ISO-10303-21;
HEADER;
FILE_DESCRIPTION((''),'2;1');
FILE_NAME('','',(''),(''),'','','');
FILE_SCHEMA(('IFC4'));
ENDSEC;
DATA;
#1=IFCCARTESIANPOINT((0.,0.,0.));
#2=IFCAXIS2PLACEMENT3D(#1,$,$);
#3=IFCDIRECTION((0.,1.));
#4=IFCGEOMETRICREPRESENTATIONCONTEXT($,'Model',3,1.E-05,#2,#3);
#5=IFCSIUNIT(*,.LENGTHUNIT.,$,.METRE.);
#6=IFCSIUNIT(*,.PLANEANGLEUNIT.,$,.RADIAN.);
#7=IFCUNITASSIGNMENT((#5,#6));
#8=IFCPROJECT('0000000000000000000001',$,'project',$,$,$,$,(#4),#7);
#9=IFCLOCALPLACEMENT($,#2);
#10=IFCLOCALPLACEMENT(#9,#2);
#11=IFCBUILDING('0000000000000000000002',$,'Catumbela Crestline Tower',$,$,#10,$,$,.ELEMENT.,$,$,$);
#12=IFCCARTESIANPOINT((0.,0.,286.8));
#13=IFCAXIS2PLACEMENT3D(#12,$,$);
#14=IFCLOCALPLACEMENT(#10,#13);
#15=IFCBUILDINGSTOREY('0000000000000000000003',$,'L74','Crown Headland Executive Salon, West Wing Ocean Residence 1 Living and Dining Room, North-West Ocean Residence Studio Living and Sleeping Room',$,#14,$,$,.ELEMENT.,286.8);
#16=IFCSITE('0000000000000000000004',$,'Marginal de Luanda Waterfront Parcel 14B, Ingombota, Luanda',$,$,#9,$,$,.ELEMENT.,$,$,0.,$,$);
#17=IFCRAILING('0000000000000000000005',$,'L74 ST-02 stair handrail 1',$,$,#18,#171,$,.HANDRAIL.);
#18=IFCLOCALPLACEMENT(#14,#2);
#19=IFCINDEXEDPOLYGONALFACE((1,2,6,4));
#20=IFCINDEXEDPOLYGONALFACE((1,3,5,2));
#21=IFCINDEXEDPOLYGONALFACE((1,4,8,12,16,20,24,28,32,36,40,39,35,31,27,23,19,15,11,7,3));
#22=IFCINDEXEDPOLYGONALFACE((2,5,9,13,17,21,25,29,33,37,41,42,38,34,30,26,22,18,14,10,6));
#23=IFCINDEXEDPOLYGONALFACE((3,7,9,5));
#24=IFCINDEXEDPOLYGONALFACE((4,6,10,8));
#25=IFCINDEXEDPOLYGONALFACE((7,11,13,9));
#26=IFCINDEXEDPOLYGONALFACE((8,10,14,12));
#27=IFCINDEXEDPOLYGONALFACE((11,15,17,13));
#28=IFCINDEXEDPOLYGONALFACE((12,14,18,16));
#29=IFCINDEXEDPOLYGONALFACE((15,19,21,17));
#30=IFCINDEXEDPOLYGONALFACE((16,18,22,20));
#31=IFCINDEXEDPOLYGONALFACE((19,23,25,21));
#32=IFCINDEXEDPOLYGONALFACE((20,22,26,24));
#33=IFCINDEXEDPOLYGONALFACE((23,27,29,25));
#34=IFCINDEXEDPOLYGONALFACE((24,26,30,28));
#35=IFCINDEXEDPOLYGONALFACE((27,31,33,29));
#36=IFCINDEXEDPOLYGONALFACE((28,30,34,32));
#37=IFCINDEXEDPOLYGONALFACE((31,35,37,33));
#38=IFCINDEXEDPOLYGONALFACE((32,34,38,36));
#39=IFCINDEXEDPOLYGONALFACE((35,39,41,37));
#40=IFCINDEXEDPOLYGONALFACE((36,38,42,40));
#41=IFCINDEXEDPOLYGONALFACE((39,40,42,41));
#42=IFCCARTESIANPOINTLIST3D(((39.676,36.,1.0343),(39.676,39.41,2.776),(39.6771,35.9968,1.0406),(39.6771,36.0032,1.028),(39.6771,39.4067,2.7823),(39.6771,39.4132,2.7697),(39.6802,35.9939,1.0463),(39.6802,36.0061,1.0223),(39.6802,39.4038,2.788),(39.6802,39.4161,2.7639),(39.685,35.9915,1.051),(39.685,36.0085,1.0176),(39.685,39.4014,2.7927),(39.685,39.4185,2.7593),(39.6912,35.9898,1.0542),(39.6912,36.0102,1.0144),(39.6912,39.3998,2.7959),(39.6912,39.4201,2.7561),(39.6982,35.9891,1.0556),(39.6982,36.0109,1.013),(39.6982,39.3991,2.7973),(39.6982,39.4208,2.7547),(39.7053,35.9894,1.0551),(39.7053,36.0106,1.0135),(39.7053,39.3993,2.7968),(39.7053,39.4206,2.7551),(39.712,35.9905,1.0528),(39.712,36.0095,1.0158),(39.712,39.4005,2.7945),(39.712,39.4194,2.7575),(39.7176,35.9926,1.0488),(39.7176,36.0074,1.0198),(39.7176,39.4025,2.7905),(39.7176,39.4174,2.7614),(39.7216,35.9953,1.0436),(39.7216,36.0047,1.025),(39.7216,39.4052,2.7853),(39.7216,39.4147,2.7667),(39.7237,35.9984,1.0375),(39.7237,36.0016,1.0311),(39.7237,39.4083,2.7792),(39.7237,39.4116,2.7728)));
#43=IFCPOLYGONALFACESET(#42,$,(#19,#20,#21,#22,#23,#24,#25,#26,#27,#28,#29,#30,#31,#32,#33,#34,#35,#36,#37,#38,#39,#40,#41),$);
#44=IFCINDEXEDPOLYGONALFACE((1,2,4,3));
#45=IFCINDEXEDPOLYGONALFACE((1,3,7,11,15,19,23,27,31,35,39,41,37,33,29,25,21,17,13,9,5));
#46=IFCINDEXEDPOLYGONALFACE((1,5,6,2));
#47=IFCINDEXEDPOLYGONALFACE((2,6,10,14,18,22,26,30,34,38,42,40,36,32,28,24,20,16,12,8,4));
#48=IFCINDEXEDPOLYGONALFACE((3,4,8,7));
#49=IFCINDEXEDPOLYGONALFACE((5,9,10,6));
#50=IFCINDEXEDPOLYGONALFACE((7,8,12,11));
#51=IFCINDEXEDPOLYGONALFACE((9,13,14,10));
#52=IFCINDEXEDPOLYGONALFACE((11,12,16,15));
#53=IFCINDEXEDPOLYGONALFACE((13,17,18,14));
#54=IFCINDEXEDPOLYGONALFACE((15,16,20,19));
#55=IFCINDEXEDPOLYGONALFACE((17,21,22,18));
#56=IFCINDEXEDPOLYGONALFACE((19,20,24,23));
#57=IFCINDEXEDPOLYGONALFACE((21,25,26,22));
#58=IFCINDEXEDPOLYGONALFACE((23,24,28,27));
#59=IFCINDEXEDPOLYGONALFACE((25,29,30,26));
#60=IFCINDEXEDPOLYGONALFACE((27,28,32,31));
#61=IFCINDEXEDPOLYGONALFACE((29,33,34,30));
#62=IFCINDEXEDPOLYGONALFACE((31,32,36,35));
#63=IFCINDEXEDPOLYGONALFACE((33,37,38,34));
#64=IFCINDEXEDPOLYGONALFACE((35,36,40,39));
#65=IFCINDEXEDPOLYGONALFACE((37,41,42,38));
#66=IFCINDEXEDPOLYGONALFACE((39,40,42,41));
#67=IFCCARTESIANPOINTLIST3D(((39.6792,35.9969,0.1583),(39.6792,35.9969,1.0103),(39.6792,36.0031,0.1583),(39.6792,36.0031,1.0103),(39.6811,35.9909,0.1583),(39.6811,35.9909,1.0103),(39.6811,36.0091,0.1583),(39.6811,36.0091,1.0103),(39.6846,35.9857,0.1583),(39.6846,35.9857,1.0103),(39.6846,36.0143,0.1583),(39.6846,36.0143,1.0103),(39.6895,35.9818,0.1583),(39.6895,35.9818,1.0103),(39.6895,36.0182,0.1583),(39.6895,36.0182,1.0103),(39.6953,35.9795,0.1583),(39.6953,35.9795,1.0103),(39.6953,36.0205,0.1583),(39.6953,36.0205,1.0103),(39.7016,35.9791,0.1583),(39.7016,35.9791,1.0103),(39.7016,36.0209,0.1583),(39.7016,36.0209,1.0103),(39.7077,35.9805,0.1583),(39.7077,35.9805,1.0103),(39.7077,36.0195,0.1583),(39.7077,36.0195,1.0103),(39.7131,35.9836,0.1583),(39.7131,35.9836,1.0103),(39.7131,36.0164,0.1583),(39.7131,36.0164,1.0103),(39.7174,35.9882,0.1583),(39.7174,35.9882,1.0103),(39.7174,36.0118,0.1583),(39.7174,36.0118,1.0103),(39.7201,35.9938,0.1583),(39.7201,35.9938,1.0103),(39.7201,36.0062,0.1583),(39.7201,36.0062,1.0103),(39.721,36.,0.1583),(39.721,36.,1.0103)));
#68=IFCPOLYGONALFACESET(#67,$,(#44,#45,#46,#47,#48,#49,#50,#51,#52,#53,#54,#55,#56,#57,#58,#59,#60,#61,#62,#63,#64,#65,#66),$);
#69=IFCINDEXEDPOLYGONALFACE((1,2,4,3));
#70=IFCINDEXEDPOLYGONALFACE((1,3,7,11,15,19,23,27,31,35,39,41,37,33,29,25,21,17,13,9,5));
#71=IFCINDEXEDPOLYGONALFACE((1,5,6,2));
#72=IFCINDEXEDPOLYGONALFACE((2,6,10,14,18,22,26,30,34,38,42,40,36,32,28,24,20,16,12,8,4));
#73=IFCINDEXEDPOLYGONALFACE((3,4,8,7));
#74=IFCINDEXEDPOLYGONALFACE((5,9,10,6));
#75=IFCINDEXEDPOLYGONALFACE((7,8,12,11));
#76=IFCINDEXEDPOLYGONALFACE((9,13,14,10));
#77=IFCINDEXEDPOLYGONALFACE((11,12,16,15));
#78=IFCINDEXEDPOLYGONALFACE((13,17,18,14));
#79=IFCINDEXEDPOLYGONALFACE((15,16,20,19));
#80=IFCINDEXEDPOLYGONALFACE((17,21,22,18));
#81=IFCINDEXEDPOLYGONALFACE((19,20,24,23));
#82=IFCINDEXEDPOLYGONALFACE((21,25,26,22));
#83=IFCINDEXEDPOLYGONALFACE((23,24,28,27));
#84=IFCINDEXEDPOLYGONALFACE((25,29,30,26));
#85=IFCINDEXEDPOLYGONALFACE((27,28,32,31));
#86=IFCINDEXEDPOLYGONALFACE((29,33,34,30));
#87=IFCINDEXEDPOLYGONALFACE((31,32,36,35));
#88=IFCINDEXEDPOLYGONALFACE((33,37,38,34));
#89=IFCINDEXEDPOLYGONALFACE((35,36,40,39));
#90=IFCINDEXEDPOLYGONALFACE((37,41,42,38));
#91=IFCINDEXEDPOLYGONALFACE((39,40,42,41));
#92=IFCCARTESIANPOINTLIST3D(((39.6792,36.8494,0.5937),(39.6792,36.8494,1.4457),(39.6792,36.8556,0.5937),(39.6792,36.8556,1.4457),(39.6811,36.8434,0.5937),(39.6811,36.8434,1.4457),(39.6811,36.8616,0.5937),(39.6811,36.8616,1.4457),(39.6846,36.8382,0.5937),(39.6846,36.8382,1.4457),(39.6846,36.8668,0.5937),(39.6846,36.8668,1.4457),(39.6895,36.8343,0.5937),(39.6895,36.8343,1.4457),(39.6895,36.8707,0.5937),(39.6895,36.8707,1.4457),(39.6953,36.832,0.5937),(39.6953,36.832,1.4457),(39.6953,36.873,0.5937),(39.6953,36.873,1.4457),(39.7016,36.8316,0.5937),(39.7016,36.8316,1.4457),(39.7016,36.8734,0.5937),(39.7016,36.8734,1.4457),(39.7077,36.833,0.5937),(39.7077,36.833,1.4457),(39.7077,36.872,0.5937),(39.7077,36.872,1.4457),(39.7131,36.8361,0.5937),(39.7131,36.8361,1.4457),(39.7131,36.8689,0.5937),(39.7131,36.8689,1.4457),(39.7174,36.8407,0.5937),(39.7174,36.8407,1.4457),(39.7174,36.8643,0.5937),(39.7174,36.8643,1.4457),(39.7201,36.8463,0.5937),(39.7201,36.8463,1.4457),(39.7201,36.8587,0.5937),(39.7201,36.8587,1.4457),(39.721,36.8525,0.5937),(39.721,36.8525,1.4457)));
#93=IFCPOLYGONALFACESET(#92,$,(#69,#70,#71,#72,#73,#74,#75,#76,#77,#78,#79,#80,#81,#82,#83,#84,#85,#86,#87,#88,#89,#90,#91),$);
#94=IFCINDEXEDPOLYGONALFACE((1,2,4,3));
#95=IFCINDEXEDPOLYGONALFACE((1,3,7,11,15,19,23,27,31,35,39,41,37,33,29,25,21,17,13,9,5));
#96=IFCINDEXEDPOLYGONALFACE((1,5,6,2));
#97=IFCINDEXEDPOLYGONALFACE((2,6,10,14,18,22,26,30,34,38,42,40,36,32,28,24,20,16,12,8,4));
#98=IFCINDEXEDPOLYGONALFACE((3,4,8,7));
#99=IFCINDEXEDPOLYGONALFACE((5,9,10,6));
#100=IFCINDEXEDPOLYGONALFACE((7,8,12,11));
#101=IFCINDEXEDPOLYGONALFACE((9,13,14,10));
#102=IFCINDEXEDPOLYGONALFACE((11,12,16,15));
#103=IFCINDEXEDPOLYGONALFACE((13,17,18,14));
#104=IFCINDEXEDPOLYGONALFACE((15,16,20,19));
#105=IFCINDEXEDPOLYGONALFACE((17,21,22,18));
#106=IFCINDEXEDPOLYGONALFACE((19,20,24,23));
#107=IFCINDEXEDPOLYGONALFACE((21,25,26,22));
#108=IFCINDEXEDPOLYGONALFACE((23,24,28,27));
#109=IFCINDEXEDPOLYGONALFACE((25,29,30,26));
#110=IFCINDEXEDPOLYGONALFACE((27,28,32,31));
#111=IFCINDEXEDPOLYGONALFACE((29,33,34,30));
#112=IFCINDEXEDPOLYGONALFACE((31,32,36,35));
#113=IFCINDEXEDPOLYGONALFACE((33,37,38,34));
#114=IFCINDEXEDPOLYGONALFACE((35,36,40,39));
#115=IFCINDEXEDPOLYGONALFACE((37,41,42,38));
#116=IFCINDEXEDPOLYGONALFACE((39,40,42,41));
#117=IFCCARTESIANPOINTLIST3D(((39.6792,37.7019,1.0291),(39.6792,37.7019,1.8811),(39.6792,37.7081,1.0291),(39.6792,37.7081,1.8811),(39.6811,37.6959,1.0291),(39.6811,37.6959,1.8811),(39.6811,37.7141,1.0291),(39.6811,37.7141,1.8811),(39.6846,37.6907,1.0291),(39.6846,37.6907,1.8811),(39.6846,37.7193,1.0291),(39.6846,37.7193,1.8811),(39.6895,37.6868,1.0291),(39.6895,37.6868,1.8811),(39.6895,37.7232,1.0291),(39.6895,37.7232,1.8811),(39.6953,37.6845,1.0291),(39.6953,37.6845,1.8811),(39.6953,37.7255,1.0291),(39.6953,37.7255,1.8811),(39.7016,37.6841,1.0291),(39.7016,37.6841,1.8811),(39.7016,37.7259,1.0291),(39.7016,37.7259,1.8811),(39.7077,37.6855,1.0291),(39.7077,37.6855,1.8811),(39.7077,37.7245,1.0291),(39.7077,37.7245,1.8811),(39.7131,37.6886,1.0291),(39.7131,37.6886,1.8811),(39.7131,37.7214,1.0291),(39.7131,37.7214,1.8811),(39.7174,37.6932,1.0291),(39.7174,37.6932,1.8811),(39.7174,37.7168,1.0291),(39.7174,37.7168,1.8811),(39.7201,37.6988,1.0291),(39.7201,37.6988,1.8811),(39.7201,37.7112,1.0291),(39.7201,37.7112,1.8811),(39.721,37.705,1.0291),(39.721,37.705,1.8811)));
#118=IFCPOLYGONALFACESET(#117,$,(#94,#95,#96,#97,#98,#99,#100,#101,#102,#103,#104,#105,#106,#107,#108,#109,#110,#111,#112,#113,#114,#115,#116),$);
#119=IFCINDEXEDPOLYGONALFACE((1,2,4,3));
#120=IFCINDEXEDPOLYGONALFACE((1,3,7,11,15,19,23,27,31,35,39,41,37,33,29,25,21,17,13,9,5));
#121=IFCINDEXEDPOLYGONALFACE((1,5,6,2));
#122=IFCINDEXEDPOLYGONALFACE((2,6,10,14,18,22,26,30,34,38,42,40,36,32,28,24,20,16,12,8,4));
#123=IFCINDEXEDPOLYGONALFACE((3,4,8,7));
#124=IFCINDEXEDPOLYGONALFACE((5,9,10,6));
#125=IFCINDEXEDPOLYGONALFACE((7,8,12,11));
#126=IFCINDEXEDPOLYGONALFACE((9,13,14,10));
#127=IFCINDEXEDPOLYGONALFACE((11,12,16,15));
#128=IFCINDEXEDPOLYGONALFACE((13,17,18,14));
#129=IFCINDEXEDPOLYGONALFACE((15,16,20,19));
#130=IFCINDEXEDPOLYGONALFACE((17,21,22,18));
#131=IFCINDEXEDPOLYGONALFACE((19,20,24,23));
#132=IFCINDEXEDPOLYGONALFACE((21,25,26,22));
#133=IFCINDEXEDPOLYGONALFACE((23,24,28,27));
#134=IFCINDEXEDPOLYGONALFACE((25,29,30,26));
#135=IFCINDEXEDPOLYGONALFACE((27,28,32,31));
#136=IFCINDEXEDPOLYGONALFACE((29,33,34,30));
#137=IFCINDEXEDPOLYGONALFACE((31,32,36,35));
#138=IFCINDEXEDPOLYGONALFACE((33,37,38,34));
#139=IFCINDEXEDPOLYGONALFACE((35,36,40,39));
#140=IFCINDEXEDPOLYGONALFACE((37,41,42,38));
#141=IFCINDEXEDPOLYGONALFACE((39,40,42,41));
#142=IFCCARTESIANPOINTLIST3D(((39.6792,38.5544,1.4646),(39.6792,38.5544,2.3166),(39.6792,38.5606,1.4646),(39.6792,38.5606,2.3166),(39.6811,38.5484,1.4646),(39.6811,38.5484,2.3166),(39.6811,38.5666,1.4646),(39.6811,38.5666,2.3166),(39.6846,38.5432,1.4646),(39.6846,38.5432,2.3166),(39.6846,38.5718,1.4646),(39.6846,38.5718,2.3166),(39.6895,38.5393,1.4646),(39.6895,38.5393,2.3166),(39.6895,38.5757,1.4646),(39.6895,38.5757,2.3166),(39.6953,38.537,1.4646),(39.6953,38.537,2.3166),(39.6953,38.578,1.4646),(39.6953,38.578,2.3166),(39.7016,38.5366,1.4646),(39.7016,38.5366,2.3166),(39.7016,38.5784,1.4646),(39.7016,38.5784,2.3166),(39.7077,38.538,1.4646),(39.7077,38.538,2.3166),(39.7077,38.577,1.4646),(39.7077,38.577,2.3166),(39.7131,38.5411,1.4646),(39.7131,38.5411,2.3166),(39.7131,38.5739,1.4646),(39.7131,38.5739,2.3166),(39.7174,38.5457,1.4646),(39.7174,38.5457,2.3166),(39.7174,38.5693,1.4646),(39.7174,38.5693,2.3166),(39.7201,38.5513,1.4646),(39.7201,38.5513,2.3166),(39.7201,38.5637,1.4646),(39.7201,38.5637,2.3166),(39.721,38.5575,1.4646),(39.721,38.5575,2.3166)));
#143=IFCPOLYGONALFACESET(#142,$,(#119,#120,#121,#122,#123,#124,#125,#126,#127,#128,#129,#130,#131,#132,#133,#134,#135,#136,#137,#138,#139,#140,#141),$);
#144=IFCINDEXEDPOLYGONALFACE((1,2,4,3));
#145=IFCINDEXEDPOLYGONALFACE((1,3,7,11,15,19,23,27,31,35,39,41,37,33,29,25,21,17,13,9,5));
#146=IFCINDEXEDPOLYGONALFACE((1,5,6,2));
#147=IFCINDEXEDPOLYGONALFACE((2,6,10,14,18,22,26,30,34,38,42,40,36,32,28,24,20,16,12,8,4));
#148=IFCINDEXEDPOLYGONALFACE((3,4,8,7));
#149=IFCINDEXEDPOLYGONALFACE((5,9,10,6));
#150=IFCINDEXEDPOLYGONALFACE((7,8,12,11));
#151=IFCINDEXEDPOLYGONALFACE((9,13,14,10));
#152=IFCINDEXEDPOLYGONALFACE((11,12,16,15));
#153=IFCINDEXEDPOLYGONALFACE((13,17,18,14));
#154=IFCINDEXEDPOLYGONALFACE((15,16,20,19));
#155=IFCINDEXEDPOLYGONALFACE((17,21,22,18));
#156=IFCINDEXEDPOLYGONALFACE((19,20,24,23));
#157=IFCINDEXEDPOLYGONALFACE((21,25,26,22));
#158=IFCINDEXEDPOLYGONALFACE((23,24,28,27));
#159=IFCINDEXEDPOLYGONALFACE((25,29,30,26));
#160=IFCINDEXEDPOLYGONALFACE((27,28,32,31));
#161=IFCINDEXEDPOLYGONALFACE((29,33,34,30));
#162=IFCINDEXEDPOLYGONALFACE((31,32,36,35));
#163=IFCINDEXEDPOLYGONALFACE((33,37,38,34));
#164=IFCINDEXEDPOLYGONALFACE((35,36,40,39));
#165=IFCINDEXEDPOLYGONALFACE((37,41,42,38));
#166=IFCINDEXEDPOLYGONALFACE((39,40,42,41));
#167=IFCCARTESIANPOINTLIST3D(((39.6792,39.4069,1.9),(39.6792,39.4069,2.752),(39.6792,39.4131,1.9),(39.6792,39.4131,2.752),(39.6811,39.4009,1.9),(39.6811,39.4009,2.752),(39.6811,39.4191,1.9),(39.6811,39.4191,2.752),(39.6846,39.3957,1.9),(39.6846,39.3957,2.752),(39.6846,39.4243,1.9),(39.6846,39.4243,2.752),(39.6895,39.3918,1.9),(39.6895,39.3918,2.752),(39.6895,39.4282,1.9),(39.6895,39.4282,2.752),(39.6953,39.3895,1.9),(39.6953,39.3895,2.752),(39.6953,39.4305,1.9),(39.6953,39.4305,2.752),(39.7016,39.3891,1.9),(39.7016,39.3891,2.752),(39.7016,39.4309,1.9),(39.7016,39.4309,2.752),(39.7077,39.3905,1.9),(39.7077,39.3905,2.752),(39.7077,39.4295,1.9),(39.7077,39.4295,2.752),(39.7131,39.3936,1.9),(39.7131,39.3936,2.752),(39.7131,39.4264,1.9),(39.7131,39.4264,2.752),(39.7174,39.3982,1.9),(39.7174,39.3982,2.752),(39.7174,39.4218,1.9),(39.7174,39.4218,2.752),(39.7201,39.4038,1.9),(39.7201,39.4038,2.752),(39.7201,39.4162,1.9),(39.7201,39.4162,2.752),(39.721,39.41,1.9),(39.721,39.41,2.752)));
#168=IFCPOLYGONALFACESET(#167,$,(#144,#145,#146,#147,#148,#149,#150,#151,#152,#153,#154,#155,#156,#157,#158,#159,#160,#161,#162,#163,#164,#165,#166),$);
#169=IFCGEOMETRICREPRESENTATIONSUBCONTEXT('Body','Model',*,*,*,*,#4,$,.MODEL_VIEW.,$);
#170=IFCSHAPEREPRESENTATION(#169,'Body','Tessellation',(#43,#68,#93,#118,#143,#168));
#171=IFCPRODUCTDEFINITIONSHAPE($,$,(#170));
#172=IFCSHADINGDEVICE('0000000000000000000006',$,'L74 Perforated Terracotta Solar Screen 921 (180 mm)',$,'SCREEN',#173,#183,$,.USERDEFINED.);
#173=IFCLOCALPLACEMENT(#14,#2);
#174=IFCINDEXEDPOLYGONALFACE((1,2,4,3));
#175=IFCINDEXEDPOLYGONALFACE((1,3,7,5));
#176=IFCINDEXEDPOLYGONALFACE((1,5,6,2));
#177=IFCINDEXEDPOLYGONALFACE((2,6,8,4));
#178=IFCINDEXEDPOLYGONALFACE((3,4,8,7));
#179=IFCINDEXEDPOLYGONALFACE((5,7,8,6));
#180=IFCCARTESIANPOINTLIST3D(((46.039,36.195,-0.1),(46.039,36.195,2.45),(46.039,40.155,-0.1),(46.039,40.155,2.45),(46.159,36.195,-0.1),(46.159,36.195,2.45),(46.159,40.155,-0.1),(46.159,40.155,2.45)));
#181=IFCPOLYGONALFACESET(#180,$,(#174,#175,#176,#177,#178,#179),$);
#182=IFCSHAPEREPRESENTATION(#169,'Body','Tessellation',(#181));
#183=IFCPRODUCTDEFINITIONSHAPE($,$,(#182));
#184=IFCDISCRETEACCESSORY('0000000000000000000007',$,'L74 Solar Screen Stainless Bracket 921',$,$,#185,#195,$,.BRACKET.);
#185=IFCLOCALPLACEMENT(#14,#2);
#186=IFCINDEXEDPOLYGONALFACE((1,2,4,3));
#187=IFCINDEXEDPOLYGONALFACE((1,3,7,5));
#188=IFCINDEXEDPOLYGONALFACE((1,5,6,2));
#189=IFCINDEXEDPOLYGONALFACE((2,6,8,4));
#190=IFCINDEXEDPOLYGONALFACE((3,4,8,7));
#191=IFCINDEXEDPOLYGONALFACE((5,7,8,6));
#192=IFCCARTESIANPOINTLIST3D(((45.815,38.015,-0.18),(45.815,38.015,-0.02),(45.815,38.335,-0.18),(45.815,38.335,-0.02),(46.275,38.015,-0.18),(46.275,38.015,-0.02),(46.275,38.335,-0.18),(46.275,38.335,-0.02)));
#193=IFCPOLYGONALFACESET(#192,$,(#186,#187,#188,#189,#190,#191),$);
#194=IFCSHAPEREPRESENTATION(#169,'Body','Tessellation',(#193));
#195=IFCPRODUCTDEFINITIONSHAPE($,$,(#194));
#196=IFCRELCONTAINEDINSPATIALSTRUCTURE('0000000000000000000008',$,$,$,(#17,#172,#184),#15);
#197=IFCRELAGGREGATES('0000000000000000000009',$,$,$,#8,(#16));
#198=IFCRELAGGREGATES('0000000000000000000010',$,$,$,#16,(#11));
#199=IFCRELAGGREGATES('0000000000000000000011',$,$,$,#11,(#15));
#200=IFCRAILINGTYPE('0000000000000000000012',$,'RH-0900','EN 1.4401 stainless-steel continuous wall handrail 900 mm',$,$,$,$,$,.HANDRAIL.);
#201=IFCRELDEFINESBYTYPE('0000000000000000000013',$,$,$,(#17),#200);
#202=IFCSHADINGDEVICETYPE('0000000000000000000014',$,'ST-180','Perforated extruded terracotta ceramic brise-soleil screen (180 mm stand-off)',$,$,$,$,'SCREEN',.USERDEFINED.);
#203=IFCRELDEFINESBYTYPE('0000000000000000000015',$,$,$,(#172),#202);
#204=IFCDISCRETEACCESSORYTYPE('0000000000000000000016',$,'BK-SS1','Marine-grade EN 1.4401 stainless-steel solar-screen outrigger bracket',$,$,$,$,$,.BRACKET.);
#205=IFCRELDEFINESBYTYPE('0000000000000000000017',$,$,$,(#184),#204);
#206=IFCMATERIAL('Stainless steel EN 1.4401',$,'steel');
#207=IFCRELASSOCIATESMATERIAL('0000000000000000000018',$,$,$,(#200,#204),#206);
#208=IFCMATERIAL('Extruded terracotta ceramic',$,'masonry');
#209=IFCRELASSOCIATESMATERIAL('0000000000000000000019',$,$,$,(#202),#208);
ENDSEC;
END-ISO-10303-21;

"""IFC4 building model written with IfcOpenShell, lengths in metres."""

from ifc_helpers import new_model, si_unit, direction, frame, origin, origin_2d, place, context, subcontext, project, spatial, rectangle, circle, extrude, material, type_object, element, save


model = new_model("IFC4")

# Units and contexts
model_context = context("Model", 3, precision=1e-05, world=origin(), true_north=direction((0.0, 1.0)))
body_context = subcontext(model_context, "Body", "Model", "MODEL_VIEW")
ifc_project = project(units=[si_unit("LENGTHUNIT", "METRE"), si_unit("PLANEANGLEUNIT", "RADIAN")], contexts=[model_context])

# Site, building, storey
site_placement = place(None, origin())
site = spatial("IfcSite", under=ifc_project, at=site_placement, Name="Marginal de Luanda Waterfront Parcel 14B, Ingombota, Luanda", CompositionType="ELEMENT", RefElevation=0.0)
building_placement = place(site_placement, origin())
building = spatial("IfcBuilding", under=site, at=building_placement, Name="Catumbela Crestline Tower", CompositionType="ELEMENT")
storey_placement = place(building_placement, frame((0.0, 0.0, 286.8)))
storey = spatial("IfcBuildingStorey", under=building, at=storey_placement, Name="L74", Description="Crown Headland Executive Salon, West Wing Ocean Residence 1 Living and Dining Room, North-West Ocean Residence Studio Living and Sleeping Room", CompositionType="ELEMENT", Elevation=286.8)

# Railing
ifc_material_1 = material(Name="Stainless steel EN 1.4401", Category="steel")
railing_type_1 = type_object("IfcRailingType", Name="RH-0900", Description="EN 1.4401 stainless-steel continuous wall handrail 900 mm", PredefinedType="HANDRAIL", material=ifc_material_1)
railing_1_placement = place(storey_placement, frame((39.7, 36.0, 0.1583)))
element("IfcRailing", 1, at=railing_1_placement, inside=storey, type_object=railing_type_1, Name="L74 ST-02 stair handrail 1", PredefinedType="HANDRAIL", context=body_context, shape_type="SweptSolid", body=[
    extrude(circle(Radius=0.024, at=origin_2d()), frame((0.0, 0.0, 0.876), z_axis=(0.0, 0.89056, 0.454865), x_axis=(-1.0, 0.0, 0.0)), (0.0, 0.0, 1.0), 3.829),
    extrude(circle(Radius=0.021, at=origin_2d()), origin(), (0.0, 0.0, 1.0), 0.852),
    extrude(circle(Radius=0.021, at=origin_2d()), frame((0.0, 0.8525, 0.4354)), (0.0, 0.0, 1.0), 0.852),
    extrude(circle(Radius=0.021, at=origin_2d()), frame((0.0, 1.705, 0.8708)), (0.0, 0.0, 1.0), 0.852),
    extrude(circle(Radius=0.021, at=origin_2d()), frame((0.0, 2.5575, 1.3063)), (0.0, 0.0, 1.0), 0.852),
    extrude(circle(Radius=0.021, at=origin_2d()), frame((0.0, 3.41, 1.7417)), (0.0, 0.0, 1.0), 0.852),
])

# Shading device
ifc_material_2 = material(Name="Extruded terracotta ceramic", Category="masonry")
shading_device_type = type_object("IfcShadingDeviceType", Name="ST-180", Description="Perforated extruded terracotta ceramic brise-soleil screen (180 mm stand-off)", ElementType="SCREEN", PredefinedType="USERDEFINED", material=ifc_material_2)
shading_device_placement = place(storey_placement, frame((46.099, 38.175, -0.1), z_axis=(0.0, 0.0, 1.0), x_axis=(0.0, 1.0, 0.0)))
element("IfcShadingDevice", 2, at=shading_device_placement, inside=storey, type_object=shading_device_type, Name="L74 Perforated Terracotta Solar Screen 921 (180 mm)", ObjectType="SCREEN", PredefinedType="USERDEFINED", context=body_context, shape_type="SweptSolid", body=[
    extrude(rectangle(XDim=3.96, YDim=0.12, at=origin_2d()), origin(), (0.0, 0.0, 1.0), 2.55),
])

# Discrete accessory
discrete_accessory_type = type_object("IfcDiscreteAccessoryType", Name="BK-SS1", Description="Marine-grade EN 1.4401 stainless-steel solar-screen outrigger bracket", PredefinedType="BRACKET", material=ifc_material_1)
discrete_accessory_placement = place(storey_placement, frame((46.045, 38.175, -0.18), z_axis=(0.0, 0.0, 1.0), x_axis=(0.0, 1.0, 0.0)))
element("IfcDiscreteAccessory", 3, at=discrete_accessory_placement, inside=storey, type_object=discrete_accessory_type, Name="L74 Solar Screen Stainless Bracket 921", PredefinedType="BRACKET", context=body_context, shape_type="SweptSolid", body=[
    extrude(rectangle(XDim=0.32, YDim=0.46, at=origin_2d()), origin(), (0.0, 0.0, 1.0), 0.16),
])

save(model, "model.ifc")
